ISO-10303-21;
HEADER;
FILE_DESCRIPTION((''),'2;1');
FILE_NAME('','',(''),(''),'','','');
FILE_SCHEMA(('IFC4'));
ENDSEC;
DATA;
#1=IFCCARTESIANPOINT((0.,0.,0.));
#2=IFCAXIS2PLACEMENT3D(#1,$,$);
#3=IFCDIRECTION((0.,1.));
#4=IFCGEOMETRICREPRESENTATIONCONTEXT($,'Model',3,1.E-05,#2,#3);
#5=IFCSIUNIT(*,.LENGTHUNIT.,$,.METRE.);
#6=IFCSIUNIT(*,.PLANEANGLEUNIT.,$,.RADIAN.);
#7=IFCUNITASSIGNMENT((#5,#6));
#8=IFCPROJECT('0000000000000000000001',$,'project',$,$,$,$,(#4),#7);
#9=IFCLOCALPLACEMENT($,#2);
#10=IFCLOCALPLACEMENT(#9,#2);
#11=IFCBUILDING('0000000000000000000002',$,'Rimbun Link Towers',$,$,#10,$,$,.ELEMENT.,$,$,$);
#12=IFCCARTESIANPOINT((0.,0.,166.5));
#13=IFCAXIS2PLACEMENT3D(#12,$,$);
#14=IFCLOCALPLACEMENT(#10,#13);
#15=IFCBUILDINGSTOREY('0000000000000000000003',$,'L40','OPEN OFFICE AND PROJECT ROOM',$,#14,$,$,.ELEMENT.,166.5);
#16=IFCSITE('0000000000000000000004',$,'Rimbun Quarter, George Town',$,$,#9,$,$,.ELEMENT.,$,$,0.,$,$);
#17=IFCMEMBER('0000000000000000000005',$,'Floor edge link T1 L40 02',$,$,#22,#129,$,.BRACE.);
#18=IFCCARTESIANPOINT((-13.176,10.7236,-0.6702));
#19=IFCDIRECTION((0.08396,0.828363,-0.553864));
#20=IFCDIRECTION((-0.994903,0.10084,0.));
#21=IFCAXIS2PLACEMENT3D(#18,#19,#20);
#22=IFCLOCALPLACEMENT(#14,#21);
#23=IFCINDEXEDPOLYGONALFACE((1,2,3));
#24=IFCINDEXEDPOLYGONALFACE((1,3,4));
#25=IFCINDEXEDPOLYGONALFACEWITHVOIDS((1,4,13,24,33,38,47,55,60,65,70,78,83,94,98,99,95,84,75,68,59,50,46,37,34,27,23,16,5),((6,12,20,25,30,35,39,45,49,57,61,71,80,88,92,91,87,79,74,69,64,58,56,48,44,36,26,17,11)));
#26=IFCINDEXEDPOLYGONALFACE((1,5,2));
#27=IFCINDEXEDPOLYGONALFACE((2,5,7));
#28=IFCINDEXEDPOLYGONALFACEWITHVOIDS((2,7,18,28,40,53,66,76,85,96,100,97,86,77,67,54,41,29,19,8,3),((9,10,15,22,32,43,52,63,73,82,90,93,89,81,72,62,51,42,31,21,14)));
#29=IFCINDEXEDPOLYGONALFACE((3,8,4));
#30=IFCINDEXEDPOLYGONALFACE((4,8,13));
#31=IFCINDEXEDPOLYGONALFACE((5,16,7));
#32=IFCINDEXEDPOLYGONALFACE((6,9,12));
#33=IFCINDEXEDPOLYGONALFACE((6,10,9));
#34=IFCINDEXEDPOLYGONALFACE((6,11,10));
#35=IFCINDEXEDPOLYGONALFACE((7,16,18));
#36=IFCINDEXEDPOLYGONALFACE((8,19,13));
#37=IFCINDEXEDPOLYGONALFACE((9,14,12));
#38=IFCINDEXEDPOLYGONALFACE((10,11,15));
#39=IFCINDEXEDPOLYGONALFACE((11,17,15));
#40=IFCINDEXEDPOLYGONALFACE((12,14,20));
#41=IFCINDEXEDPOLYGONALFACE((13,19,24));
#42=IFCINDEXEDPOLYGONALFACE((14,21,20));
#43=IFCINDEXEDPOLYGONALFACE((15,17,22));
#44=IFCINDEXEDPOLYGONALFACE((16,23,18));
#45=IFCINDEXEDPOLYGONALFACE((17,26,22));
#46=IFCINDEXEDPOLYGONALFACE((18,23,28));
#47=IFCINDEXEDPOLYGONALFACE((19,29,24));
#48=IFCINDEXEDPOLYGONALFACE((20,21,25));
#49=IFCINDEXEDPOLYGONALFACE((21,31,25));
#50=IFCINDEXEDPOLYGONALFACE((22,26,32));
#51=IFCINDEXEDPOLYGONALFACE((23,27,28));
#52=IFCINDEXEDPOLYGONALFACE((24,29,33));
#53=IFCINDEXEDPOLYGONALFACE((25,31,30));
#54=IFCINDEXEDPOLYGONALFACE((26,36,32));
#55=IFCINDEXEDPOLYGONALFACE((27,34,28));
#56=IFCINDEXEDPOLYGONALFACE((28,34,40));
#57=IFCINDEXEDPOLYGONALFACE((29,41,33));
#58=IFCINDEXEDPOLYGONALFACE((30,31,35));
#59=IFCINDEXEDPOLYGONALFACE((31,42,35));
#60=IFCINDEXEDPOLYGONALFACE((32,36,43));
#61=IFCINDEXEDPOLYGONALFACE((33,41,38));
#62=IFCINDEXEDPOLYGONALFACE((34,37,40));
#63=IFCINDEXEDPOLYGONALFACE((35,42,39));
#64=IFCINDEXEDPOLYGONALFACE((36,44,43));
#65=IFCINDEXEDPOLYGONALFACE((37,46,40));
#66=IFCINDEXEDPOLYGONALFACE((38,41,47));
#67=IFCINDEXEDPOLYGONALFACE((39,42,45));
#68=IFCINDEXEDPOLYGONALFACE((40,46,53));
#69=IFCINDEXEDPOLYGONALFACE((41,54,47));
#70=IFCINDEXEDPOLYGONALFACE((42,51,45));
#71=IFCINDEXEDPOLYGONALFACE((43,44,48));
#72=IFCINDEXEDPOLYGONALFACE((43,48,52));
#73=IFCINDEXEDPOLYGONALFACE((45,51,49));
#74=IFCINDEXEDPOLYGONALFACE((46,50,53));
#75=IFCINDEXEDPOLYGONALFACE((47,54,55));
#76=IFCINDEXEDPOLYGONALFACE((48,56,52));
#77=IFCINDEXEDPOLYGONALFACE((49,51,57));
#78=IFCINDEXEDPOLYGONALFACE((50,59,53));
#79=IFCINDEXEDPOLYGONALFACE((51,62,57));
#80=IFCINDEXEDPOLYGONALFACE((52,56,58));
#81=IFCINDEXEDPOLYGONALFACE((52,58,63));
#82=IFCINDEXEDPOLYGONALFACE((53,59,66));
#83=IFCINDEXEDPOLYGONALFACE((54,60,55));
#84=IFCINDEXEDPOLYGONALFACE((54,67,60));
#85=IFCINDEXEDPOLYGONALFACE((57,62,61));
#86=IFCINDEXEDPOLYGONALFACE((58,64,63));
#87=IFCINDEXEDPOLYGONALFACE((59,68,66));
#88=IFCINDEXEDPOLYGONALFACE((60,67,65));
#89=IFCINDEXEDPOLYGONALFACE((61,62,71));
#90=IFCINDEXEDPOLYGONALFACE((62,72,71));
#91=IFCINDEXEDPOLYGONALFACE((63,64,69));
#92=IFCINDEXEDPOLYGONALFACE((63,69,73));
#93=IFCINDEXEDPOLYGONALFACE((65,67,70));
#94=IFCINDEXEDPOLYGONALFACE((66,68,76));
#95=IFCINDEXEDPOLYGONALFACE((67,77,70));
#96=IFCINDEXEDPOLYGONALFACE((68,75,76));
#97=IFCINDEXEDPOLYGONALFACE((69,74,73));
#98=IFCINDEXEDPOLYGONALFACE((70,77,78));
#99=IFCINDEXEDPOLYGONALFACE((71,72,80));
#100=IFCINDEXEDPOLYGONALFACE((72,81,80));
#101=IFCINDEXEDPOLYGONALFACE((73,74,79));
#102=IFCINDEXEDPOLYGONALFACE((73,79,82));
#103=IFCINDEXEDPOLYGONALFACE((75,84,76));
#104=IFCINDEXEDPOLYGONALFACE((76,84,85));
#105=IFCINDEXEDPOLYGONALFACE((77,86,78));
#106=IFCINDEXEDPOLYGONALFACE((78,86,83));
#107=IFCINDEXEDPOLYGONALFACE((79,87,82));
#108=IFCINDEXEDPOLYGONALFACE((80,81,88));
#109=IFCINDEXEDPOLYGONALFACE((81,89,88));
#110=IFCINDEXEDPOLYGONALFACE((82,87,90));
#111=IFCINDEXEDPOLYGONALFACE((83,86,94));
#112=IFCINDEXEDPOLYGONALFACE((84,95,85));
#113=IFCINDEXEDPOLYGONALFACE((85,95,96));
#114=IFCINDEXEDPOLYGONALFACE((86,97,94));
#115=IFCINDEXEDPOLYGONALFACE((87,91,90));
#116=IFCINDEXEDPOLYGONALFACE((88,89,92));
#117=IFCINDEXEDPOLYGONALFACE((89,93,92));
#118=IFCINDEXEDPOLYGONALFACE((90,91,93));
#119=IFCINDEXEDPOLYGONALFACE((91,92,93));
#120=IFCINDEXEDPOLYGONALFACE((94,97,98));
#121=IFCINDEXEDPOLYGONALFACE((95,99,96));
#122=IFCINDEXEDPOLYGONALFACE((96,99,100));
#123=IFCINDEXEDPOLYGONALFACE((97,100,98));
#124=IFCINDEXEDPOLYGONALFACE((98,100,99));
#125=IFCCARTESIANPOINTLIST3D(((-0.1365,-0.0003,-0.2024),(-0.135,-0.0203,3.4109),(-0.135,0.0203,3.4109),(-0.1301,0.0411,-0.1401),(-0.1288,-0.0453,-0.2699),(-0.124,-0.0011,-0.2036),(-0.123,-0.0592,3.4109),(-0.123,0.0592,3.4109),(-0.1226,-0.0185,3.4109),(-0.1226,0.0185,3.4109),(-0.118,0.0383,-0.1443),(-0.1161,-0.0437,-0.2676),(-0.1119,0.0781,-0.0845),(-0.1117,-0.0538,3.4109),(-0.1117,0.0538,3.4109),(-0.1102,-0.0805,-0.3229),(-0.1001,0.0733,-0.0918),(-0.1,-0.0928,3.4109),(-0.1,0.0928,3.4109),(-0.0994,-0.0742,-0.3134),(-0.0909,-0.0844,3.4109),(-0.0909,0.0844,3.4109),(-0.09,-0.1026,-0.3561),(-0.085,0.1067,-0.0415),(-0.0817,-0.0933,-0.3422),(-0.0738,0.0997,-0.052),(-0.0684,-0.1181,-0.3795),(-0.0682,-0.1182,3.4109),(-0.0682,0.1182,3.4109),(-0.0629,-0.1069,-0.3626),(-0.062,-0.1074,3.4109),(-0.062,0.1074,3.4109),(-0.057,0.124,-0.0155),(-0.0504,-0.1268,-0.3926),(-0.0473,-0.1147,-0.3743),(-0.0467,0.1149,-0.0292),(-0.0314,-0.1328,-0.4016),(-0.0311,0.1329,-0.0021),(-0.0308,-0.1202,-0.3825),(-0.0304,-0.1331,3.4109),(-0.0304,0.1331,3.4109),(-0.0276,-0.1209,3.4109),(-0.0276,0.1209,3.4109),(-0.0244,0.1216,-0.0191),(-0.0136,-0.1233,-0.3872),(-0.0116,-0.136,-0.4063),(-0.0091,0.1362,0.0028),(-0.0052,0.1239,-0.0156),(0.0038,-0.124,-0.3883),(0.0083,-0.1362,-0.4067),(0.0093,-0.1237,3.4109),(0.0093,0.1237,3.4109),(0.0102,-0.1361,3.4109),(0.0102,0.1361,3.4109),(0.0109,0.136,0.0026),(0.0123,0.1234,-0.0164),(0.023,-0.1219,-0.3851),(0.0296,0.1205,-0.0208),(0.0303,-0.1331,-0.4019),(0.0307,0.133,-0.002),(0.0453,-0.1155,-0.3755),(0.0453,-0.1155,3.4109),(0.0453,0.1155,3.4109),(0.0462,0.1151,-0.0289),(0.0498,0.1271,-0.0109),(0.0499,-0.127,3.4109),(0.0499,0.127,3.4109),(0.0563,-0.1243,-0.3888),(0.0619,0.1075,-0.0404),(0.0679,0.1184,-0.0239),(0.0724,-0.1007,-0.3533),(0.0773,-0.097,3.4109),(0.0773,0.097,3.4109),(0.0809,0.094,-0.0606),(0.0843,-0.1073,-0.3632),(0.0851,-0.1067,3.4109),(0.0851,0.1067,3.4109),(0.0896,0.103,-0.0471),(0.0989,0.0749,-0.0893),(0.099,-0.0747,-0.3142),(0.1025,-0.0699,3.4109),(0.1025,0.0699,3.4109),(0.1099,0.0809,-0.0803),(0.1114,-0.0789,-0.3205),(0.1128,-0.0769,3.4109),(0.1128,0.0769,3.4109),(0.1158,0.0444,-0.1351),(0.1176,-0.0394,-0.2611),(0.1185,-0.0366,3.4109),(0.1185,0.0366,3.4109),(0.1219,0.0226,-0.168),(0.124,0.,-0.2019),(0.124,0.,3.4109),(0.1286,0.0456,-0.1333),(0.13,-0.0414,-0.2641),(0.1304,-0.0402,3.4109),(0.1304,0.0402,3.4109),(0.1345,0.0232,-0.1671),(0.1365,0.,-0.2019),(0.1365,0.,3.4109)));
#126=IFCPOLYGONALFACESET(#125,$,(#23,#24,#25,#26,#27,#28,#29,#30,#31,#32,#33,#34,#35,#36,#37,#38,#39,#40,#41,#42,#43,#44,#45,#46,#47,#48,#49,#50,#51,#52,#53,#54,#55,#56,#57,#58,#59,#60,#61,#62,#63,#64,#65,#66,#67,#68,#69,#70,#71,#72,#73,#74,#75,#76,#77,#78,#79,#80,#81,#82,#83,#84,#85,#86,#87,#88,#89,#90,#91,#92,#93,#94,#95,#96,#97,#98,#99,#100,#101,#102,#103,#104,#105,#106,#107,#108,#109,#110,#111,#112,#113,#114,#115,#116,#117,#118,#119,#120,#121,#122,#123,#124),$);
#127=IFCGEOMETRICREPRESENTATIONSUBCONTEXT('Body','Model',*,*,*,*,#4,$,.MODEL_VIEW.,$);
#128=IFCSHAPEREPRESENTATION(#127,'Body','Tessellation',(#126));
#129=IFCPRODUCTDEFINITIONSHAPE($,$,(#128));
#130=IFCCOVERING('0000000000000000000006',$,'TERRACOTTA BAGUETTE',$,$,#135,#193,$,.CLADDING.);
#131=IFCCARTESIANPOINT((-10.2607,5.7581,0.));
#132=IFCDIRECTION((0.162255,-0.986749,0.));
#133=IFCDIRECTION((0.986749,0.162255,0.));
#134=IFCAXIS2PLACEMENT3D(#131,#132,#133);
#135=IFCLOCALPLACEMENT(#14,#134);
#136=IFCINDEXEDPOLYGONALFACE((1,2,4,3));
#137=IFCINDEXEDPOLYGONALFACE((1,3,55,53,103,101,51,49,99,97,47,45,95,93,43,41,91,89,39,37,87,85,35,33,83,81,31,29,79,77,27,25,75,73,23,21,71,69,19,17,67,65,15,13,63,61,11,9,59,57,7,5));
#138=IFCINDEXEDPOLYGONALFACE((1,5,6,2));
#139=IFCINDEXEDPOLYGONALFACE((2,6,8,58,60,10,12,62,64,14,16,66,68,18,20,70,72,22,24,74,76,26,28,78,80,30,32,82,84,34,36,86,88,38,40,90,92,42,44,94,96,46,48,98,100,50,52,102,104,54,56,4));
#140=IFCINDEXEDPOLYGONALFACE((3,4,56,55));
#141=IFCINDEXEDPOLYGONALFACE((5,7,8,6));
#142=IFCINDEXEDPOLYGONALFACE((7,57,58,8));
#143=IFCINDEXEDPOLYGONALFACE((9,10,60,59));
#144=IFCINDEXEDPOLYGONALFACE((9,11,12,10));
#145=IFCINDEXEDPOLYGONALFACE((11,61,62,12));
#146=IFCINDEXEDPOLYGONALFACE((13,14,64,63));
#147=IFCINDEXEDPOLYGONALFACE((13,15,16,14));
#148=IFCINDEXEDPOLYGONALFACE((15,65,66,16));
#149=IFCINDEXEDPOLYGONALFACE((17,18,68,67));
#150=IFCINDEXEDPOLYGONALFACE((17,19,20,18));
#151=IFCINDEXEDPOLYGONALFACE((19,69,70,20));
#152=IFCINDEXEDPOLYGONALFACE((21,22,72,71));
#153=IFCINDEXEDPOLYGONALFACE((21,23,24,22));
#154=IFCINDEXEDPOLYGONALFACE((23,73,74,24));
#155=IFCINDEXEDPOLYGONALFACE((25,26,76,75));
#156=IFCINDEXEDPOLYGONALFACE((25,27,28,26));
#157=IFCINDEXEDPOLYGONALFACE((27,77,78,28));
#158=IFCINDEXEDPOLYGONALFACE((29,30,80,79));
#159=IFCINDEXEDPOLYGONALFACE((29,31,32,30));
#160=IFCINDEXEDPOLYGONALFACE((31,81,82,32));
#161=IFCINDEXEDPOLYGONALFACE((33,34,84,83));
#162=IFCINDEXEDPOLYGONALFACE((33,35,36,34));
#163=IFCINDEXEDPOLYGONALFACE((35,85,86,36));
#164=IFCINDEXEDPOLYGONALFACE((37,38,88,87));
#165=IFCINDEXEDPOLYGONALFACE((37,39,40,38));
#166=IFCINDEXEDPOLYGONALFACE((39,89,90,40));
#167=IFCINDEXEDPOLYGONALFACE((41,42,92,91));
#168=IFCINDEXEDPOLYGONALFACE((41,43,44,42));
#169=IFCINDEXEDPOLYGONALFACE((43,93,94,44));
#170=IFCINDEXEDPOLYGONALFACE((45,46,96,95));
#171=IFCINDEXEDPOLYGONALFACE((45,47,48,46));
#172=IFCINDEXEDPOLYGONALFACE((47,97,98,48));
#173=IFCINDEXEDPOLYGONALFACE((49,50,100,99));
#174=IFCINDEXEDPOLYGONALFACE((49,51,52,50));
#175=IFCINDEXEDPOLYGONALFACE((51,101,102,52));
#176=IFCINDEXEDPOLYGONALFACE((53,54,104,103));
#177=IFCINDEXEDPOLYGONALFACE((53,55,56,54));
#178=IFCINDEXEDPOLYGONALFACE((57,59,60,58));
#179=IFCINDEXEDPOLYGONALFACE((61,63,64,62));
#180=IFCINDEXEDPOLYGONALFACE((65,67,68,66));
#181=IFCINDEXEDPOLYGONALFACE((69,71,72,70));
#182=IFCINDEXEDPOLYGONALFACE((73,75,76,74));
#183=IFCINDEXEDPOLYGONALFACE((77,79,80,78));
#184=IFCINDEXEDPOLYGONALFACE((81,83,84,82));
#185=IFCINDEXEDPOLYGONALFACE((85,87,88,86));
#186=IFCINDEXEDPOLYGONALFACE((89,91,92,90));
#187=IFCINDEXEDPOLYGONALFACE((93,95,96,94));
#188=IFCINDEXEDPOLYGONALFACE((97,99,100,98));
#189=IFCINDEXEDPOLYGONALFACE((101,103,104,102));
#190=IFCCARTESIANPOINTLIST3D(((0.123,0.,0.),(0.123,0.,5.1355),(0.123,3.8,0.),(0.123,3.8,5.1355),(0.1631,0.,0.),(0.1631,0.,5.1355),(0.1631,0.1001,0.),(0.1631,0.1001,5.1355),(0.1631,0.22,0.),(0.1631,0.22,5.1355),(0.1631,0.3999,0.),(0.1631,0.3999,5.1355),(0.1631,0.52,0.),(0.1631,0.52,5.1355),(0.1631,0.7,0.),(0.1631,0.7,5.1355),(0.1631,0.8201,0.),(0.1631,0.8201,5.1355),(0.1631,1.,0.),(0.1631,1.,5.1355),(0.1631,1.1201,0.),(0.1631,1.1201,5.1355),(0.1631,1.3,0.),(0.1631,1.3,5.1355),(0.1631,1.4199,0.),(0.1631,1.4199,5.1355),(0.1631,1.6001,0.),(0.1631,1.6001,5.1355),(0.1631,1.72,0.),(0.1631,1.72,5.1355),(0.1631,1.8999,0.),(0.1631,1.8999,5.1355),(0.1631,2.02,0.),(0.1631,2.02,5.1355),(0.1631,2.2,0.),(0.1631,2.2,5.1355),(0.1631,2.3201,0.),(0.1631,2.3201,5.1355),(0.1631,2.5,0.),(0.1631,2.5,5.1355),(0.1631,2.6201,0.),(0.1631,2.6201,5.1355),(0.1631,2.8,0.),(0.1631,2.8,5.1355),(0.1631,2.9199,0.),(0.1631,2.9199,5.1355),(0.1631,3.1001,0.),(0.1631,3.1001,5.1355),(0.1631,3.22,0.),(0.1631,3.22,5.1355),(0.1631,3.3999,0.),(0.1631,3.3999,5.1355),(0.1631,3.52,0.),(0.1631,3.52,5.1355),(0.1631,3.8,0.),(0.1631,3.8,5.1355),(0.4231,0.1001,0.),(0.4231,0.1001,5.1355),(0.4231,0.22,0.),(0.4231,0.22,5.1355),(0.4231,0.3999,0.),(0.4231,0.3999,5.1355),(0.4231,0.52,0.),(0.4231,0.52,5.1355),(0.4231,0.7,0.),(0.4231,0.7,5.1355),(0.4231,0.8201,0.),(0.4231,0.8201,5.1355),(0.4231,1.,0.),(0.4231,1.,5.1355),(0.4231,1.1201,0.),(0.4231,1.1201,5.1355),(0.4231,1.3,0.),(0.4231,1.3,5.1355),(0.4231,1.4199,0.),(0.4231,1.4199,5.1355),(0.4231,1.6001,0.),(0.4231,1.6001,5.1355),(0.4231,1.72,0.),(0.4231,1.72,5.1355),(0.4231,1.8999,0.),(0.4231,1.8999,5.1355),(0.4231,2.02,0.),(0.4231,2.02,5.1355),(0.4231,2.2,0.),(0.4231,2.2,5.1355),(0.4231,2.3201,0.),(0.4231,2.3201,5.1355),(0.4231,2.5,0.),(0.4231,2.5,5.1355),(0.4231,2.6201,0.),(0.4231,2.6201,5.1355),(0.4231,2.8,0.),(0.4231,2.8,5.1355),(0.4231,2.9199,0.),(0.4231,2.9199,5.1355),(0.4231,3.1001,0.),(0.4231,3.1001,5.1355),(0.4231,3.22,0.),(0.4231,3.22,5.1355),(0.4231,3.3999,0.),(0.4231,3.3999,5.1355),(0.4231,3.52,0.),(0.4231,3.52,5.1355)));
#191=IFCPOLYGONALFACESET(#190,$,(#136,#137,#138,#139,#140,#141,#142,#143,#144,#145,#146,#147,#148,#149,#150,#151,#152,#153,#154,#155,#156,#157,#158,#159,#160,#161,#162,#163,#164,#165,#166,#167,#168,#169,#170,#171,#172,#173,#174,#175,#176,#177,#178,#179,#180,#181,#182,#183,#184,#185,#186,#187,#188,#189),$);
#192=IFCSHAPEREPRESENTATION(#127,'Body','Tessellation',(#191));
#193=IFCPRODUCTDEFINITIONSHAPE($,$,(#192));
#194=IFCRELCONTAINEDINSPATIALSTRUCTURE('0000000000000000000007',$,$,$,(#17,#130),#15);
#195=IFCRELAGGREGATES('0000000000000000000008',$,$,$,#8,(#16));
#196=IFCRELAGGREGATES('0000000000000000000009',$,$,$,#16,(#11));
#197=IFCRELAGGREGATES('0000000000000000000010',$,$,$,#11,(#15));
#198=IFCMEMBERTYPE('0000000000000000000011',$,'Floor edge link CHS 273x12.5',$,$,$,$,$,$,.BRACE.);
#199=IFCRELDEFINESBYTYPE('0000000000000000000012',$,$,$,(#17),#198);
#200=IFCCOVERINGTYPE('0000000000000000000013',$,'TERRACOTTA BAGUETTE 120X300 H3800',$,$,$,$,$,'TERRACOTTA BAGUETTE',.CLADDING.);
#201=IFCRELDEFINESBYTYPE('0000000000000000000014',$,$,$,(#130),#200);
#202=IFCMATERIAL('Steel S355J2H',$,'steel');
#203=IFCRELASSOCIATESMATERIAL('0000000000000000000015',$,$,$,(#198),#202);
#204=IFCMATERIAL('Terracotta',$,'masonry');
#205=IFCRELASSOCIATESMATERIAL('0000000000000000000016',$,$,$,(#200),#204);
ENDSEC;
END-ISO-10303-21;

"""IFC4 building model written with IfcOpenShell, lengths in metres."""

from ifc_helpers import new_model, si_unit, direction, frame, origin, origin_2d, place, context, subcontext, project, spatial, polyline, hollow_circle, outline, extrude, clip, halfspace, material, material_profile, profile_set, type_object, element, save


model = new_model("IFC4")

# Units and contexts
model_context = context("Model", 3, precision=1e-05, world=origin(), true_north=direction((0.0, 1.0)))
body_context = subcontext(model_context, "Body", "Model", "MODEL_VIEW")
ifc_project = project(units=[si_unit("LENGTHUNIT", "METRE"), si_unit("PLANEANGLEUNIT", "RADIAN")], contexts=[model_context])

# Site, building, storey
site_placement = place(None, origin())
site = spatial("IfcSite", under=ifc_project, at=site_placement, Name="Rimbun Quarter, George Town", CompositionType="ELEMENT", RefElevation=0.0)
building_placement = place(site_placement, origin())
building = spatial("IfcBuilding", under=site, at=building_placement, Name="Rimbun Link Towers", CompositionType="ELEMENT")
storey_placement = place(building_placement, frame((0.0, 0.0, 166.5)))
storey = spatial("IfcBuildingStorey", under=building, at=storey_placement, Name="L40", Description="OPEN OFFICE AND PROJECT ROOM", CompositionType="ELEMENT", Elevation=166.5)

# Member
ifc_material_1 = material(Name="Steel S355J2H", Category="steel")
ifc_material_profile_1 = material_profile(ifc_material_1, hollow_circle(Radius=0.1365, WallThickness=0.0125, at=origin_2d()), Name="CHS 273x12.5")
ifc_profile_set_1 = profile_set([ifc_material_profile_1], Name="Steel S355J2H")
member_type_1 = type_object("IfcMemberType", Name="Floor edge link CHS 273x12.5", PredefinedType="BRACE", material=ifc_profile_set_1)
member_1_placement = place(storey_placement, frame((-13.176, 10.7236, -0.6702), z_axis=(0.08396, 0.828363, -0.553864), x_axis=(-0.994903, 0.10084, 0.0)))
element("IfcMember", 1, at=member_1_placement, inside=storey, type_object=member_type_1, Name="Floor edge link T1 L40 02", PredefinedType="BRACE", context=body_context, shape_type="Clipping", body=[
    clip(extrude(hollow_circle(Radius=0.1365, WallThickness=0.0125, at=origin_2d()), frame((0.0, 0.0, -0.4285)), (0.0, 0.0, 1.0), 3.8394), halfspace(frame((0.0, 0.0, -0.2019), z_axis=(0.0, 0.832607, -0.553864)), False)),
])

# Covering
ifc_material_2 = material(Name="Terracotta", Category="masonry")
ifc_material_profile_2 = material_profile(ifc_material_2, outline(polyline([(0.123, 0.0), (0.1631, 0.0), (0.1631, 0.1001), (0.4231, 0.1001), (0.4231, 0.22), (0.1631, 0.22), (0.1631, 0.3999), (0.4231, 0.3999), (0.4231, 0.52), (0.1631, 0.52), (0.1631, 0.7), (0.4231, 0.7), (0.4231, 0.8201), (0.1631, 0.8201), (0.1631, 1.0), (0.4231, 1.0), (0.4231, 1.1201), (0.1631, 1.1201), (0.1631, 1.3), (0.4231, 1.3), (0.4231, 1.4199), (0.1631, 1.4199), (0.1631, 1.6001), (0.4231, 1.6001), (0.4231, 1.72), (0.1631, 1.72), (0.1631, 1.8999), (0.4231, 1.8999), (0.4231, 2.02), (0.1631, 2.02), (0.1631, 2.2), (0.4231, 2.2), (0.4231, 2.3201), (0.1631, 2.3201), (0.1631, 2.5), (0.4231, 2.5), (0.4231, 2.6201), (0.1631, 2.6201), (0.1631, 2.8), (0.4231, 2.8), (0.4231, 2.9199), (0.1631, 2.9199), (0.1631, 3.1001), (0.4231, 3.1001), (0.4231, 3.22), (0.1631, 3.22), (0.1631, 3.3999), (0.4231, 3.3999), (0.4231, 3.52), (0.1631, 3.52), (0.1631, 3.8), (0.123, 3.8), (0.123, 0.0)])), Name="BAGUETTE 120X300")
ifc_profile_set_2 = profile_set([ifc_material_profile_2], Name="Terracotta")
covering_type = type_object("IfcCoveringType", Name="TERRACOTTA BAGUETTE 120X300 H3800", ElementType="TERRACOTTA BAGUETTE", PredefinedType="CLADDING", material=ifc_profile_set_2)
covering_1_placement = place(storey_placement, frame((-10.2607, 5.7581, 0.0), z_axis=(0.162255, -0.986749, 0.0), x_axis=(0.986749, 0.162255, 0.0)))
element("IfcCovering", 2, at=covering_1_placement, inside=storey, type_object=covering_type, Name="TERRACOTTA BAGUETTE", PredefinedType="CLADDING", context=body_context, shape_type="SweptSolid", body=[
    extrude(outline(polyline([(0.123, 0.0), (0.1631, 0.0), (0.1631, 0.1001), (0.4231, 0.1001), (0.4231, 0.22), (0.1631, 0.22), (0.1631, 0.3999), (0.4231, 0.3999), (0.4231, 0.52), (0.1631, 0.52), (0.1631, 0.7), (0.4231, 0.7), (0.4231, 0.8201), (0.1631, 0.8201), (0.1631, 1.0), (0.4231, 1.0), (0.4231, 1.1201), (0.1631, 1.1201), (0.1631, 1.3), (0.4231, 1.3), (0.4231, 1.4199), (0.1631, 1.4199), (0.1631, 1.6001), (0.4231, 1.6001), (0.4231, 1.72), (0.1631, 1.72), (0.1631, 1.8999), (0.4231, 1.8999), (0.4231, 2.02), (0.1631, 2.02), (0.1631, 2.2), (0.4231, 2.2), (0.4231, 2.3201), (0.1631, 2.3201), (0.1631, 2.5), (0.4231, 2.5), (0.4231, 2.6201), (0.1631, 2.6201), (0.1631, 2.8), (0.4231, 2.8), (0.4231, 2.9199), (0.1631, 2.9199), (0.1631, 3.1001), (0.4231, 3.1001), (0.4231, 3.22), (0.1631, 3.22), (0.1631, 3.3999), (0.4231, 3.3999), (0.4231, 3.52), (0.1631, 3.52), (0.1631, 3.8), (0.123, 3.8), (0.123, 0.0)])), origin(), (0.0, 0.0, 1.0), 5.1355),
])

save(model, "model.ifc")
